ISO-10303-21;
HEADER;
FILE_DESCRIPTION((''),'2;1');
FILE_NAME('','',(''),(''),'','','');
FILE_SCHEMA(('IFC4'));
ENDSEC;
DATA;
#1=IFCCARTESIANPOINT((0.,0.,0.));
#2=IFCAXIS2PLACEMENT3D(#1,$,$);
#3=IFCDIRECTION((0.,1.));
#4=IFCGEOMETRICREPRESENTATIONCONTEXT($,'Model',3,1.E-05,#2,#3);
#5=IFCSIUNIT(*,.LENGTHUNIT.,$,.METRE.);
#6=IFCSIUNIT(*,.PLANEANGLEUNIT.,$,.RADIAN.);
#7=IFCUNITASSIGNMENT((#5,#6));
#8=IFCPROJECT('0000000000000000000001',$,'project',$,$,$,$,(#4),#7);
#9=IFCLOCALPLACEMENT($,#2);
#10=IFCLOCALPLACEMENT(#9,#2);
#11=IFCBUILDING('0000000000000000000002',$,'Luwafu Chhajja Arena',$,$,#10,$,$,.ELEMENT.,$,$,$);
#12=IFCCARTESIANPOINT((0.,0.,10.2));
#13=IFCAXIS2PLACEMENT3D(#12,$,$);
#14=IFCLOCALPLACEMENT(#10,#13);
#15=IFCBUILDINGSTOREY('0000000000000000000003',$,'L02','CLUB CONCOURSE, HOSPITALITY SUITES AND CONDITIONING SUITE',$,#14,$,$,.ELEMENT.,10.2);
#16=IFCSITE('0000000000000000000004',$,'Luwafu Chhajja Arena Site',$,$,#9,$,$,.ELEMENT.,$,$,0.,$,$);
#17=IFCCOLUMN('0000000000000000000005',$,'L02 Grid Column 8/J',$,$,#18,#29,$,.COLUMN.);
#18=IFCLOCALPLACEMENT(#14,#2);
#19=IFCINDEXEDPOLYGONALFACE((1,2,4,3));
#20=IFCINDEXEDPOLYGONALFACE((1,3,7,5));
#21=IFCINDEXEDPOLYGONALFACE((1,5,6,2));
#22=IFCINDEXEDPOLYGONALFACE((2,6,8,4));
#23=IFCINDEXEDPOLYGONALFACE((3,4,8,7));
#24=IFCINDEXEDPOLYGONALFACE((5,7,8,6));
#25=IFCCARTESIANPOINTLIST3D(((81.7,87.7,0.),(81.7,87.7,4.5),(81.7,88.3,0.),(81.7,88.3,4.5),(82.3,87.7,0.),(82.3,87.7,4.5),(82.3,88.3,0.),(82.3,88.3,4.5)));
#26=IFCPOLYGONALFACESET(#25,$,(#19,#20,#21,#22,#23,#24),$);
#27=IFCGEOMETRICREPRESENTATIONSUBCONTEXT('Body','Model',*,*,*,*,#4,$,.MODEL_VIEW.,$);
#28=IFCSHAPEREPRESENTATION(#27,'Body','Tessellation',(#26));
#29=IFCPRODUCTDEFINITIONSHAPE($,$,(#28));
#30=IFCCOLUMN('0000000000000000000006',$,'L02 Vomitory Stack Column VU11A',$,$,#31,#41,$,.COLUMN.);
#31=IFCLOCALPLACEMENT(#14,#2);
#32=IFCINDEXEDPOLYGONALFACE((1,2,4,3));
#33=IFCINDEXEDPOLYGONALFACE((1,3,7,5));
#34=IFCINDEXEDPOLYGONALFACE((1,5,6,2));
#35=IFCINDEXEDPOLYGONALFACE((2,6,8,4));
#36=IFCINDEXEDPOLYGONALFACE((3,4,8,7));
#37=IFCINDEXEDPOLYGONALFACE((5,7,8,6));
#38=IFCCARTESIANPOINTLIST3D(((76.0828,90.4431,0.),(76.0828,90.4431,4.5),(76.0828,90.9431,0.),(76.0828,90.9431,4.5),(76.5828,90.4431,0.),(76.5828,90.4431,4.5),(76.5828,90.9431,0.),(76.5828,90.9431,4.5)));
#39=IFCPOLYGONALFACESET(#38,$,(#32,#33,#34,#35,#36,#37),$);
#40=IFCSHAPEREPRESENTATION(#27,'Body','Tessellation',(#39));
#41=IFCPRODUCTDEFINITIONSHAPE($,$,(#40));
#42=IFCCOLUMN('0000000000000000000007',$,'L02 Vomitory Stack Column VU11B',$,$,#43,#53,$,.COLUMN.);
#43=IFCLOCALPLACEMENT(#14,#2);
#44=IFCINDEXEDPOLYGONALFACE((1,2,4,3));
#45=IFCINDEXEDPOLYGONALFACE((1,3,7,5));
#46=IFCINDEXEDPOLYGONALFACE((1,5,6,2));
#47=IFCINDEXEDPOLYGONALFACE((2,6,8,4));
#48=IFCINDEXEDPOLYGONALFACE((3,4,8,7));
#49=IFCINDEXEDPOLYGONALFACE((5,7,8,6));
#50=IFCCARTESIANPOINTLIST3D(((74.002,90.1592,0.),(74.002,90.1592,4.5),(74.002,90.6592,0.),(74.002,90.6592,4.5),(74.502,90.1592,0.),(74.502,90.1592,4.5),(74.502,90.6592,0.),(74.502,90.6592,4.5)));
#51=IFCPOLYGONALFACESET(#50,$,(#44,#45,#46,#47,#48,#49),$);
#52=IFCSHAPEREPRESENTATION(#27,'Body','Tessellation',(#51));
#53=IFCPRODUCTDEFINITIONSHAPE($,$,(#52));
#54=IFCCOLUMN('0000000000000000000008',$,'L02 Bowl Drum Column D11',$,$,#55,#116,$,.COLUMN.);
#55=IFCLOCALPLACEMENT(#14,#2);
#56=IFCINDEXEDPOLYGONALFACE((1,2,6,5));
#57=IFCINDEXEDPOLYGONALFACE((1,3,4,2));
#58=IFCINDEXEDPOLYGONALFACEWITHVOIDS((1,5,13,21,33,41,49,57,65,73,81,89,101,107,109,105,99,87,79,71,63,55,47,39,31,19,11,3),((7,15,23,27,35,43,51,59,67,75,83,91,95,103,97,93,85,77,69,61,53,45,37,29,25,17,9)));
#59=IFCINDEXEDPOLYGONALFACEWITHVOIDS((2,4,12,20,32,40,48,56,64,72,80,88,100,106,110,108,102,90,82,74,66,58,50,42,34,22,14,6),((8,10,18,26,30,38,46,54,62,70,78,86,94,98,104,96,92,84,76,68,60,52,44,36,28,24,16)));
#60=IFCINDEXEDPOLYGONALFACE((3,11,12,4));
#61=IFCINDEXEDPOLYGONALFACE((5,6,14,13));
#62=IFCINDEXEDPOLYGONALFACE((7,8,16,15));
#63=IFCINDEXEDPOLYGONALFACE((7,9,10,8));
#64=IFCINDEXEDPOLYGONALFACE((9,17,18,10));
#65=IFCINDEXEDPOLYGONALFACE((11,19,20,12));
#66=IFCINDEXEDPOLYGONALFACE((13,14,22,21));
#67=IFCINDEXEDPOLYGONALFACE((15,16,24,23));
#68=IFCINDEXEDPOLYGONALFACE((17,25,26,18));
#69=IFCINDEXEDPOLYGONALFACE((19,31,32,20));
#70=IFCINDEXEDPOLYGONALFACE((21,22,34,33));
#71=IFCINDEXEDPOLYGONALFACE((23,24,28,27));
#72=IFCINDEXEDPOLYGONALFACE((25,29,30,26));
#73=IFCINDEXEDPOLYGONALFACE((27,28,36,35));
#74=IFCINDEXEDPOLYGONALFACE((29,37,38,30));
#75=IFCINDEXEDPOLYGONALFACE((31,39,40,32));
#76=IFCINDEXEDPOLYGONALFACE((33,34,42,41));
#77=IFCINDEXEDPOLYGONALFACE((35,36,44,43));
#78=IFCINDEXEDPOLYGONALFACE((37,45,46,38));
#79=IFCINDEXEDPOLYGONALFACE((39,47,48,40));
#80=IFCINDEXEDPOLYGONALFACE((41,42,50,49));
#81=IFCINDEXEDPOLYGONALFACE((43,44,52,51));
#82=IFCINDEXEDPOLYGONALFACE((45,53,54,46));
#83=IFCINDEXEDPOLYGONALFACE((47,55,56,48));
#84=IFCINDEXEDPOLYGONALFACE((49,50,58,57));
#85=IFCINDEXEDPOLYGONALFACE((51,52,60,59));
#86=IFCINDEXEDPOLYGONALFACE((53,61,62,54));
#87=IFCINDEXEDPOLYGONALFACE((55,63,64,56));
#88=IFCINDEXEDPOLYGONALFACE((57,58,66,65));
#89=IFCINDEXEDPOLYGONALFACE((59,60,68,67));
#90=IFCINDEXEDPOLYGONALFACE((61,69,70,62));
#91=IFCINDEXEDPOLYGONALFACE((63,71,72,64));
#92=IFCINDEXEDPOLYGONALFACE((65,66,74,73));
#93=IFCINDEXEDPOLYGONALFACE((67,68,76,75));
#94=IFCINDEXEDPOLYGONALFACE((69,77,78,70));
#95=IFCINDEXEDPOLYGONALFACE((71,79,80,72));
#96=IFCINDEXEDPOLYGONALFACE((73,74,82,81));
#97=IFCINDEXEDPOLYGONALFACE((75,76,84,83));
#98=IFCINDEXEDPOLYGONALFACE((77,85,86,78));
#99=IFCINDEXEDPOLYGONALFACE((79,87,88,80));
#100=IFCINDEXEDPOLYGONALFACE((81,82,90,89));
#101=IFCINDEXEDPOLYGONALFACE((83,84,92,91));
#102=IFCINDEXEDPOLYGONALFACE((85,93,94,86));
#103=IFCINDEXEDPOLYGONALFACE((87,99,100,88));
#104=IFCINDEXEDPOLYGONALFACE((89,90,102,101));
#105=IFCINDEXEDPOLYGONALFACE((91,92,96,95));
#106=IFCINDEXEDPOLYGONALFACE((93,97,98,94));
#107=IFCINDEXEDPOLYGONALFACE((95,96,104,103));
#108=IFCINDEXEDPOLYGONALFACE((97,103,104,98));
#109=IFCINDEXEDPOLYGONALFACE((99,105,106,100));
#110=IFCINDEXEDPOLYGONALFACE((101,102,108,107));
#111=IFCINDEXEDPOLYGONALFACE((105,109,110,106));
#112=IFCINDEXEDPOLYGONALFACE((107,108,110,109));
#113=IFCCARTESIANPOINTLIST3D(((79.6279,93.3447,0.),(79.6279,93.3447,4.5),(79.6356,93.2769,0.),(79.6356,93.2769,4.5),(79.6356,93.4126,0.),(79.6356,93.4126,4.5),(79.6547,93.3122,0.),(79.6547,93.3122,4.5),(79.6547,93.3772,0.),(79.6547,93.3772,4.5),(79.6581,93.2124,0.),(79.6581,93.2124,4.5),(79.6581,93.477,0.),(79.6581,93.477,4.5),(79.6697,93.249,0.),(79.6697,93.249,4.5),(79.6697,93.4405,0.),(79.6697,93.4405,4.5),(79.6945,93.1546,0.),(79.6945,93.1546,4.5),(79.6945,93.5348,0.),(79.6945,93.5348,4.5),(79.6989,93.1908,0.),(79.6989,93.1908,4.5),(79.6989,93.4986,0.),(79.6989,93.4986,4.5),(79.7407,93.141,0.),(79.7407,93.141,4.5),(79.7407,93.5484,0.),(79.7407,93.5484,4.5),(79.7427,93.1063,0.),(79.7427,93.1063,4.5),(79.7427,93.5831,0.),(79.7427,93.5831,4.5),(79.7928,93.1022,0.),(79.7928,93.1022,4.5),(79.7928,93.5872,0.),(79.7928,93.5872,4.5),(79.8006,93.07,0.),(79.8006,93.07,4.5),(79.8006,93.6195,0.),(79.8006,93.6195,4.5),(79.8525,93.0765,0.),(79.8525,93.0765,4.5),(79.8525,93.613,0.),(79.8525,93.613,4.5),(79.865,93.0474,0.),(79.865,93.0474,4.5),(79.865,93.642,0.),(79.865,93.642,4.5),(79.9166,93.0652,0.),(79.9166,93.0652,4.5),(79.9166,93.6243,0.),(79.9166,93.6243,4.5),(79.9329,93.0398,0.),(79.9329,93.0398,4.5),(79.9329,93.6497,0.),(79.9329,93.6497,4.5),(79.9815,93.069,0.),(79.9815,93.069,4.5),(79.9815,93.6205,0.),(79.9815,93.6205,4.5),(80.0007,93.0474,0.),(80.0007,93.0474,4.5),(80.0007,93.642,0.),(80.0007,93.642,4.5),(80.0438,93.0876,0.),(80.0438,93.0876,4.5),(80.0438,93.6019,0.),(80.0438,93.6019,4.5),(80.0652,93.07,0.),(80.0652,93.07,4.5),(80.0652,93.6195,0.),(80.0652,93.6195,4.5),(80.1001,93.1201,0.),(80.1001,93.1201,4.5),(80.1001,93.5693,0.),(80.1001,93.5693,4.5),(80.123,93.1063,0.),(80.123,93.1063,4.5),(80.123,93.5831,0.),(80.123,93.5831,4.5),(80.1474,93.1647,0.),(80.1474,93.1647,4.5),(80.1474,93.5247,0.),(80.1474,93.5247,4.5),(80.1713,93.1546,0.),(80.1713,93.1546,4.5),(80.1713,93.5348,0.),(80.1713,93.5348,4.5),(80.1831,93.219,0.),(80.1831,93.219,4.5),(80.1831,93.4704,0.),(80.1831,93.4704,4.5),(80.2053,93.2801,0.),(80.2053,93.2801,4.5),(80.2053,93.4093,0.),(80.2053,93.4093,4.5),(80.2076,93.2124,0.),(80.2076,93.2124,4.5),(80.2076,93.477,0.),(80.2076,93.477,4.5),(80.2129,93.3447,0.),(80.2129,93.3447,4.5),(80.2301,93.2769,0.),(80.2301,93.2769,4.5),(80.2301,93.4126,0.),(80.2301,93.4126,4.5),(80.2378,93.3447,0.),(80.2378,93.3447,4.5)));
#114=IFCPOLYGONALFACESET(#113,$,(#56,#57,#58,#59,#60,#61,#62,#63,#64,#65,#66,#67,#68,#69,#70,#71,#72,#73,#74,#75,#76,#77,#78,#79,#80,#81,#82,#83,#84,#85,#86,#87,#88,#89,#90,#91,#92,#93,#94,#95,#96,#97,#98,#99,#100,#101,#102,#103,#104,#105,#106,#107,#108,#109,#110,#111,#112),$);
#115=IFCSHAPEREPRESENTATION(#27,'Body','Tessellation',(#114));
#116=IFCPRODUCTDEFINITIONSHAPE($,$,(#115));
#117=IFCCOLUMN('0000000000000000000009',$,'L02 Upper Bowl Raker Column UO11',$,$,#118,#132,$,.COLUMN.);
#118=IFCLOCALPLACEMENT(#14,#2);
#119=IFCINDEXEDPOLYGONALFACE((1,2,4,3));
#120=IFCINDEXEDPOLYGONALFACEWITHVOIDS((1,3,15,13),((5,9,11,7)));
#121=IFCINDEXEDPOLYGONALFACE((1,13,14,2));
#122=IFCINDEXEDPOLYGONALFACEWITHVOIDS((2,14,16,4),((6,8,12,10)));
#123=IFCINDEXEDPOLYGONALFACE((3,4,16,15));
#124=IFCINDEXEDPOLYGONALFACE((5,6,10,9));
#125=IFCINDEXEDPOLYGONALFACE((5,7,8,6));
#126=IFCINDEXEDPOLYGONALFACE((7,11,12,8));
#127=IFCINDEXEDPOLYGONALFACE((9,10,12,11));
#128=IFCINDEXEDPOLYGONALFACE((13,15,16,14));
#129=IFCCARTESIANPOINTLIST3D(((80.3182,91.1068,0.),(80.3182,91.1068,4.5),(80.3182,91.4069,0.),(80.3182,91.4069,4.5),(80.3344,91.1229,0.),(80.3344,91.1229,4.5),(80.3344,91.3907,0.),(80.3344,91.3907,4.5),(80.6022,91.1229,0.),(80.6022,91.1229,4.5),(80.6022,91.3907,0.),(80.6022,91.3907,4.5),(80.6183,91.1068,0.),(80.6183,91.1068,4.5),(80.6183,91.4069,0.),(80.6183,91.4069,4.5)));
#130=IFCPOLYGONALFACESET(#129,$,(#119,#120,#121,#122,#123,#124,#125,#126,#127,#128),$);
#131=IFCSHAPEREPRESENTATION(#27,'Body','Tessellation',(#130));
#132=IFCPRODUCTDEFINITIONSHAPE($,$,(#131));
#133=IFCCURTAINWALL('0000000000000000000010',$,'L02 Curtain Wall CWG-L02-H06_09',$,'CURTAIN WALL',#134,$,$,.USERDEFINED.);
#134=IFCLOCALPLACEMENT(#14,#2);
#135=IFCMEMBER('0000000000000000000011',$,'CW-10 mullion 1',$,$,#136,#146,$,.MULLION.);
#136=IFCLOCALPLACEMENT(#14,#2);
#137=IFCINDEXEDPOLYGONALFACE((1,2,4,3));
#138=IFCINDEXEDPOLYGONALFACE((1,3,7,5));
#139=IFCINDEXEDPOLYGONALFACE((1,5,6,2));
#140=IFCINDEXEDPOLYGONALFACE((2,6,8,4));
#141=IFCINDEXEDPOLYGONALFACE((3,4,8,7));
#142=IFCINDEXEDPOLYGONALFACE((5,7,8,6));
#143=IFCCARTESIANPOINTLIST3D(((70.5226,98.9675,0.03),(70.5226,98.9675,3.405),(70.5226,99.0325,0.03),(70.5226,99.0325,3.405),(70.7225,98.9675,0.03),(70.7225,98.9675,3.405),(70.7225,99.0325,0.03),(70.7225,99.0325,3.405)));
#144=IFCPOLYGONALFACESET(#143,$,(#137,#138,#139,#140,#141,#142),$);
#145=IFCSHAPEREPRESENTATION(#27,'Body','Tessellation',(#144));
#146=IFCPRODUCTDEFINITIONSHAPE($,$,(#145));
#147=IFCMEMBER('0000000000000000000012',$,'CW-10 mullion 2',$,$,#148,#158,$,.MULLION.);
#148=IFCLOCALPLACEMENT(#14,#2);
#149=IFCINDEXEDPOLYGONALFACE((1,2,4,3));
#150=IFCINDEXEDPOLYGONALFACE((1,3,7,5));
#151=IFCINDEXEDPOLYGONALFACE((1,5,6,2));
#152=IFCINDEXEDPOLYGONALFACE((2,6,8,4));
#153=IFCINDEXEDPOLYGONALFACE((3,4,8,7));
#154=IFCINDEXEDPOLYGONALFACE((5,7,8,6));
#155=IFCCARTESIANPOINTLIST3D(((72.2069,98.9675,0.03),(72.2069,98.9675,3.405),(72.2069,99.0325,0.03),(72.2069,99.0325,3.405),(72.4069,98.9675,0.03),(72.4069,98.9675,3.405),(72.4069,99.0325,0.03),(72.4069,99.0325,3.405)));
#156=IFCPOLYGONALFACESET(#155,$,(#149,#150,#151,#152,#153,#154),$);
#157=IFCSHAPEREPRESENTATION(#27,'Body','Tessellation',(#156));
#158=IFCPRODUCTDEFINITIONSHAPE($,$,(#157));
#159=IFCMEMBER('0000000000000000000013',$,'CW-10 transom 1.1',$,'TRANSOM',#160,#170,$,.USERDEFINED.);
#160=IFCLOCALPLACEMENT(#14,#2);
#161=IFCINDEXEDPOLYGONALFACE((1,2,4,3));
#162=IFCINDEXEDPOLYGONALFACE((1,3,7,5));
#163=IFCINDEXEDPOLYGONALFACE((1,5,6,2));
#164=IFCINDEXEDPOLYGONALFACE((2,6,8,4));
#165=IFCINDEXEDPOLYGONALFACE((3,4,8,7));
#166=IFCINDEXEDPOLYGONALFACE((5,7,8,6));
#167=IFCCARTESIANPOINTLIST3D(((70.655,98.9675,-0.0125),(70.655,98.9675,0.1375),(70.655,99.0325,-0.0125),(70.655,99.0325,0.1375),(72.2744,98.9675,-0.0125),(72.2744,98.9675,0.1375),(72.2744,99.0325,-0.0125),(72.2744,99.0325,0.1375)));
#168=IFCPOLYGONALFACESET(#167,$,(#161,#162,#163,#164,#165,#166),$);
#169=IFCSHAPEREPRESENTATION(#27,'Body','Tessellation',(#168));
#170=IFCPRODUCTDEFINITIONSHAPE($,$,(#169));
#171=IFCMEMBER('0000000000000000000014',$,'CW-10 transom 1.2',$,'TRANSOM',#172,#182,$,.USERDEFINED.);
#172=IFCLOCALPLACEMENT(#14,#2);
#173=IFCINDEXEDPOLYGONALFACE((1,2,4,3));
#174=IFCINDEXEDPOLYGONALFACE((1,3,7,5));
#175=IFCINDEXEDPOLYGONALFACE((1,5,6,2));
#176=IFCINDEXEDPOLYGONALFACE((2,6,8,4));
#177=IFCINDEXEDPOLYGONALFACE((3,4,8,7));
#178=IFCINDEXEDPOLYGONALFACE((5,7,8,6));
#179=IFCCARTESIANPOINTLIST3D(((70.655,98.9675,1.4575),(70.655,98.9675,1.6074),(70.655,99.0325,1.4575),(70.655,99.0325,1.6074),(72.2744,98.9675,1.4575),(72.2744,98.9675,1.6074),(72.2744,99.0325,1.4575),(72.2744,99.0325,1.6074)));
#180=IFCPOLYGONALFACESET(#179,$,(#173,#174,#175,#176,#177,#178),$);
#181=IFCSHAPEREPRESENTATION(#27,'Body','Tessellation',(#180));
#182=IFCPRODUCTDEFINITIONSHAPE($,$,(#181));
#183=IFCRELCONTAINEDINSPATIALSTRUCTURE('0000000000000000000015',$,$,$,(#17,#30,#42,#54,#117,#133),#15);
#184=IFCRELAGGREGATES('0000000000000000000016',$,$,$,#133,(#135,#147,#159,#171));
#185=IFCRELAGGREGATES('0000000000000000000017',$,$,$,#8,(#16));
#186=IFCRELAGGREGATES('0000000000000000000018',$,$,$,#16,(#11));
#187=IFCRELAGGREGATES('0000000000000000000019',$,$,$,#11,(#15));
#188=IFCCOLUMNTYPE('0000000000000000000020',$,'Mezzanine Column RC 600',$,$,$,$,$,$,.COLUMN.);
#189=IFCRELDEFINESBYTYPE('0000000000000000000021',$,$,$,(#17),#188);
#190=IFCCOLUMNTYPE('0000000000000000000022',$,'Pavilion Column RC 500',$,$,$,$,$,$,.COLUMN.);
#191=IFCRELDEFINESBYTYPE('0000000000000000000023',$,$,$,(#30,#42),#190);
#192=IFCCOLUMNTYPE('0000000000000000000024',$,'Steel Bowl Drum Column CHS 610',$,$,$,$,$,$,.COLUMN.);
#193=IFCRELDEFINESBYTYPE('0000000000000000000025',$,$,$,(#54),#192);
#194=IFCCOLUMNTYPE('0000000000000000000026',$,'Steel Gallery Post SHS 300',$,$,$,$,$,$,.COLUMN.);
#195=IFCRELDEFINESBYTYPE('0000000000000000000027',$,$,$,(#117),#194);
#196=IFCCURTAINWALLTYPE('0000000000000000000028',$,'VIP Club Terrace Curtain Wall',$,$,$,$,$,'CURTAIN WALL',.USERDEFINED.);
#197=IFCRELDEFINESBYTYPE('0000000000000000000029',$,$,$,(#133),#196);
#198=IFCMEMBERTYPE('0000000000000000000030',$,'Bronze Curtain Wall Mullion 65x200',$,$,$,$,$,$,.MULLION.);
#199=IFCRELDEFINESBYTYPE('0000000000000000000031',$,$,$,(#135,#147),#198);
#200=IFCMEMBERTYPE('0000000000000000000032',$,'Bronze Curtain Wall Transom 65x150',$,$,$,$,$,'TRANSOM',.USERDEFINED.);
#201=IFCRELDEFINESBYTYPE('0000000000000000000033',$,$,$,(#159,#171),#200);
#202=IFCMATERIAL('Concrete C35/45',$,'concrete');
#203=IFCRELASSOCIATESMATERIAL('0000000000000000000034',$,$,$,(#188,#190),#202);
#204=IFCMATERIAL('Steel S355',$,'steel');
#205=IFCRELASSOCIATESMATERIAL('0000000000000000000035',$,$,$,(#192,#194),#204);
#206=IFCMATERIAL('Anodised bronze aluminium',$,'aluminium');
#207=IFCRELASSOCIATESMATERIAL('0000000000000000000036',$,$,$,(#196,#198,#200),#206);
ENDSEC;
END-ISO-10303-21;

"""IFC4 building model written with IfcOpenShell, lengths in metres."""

from ifc_helpers import new_model, si_unit, direction, frame, origin, origin_2d, place, context, subcontext, project, spatial, rectangle, hollow_rectangle, hollow_circle, extrude, material, material_profile, profile_set, type_object, element, aggregate, save


model = new_model("IFC4")

# Units and contexts
model_context = context("Model", 3, precision=1e-05, world=origin(), true_north=direction((0.0, 1.0)))
body_context = subcontext(model_context, "Body", "Model", "MODEL_VIEW")
ifc_project = project(units=[si_unit("LENGTHUNIT", "METRE"), si_unit("PLANEANGLEUNIT", "RADIAN")], contexts=[model_context])

# Site, building, storey
site_placement = place(None, origin())
site = spatial("IfcSite", under=ifc_project, at=site_placement, Name="Luwafu Chhajja Arena Site", CompositionType="ELEMENT", RefElevation=0.0)
building_placement = place(site_placement, origin())
building = spatial("IfcBuilding", under=site, at=building_placement, Name="Luwafu Chhajja Arena", CompositionType="ELEMENT")
storey_placement = place(building_placement, frame((0.0, 0.0, 10.2)))
storey = spatial("IfcBuildingStorey", under=building, at=storey_placement, Name="L02", Description="CLUB CONCOURSE, HOSPITALITY SUITES AND CONDITIONING SUITE", CompositionType="ELEMENT", Elevation=10.2)

# Columns
ifc_material_1 = material(Name="Concrete C35/45", Category="concrete")
ifc_material_profile_1 = material_profile(ifc_material_1, rectangle(XDim=0.6001, YDim=0.6001, at=origin_2d()), Name="RC 600x600")
ifc_profile_set_1 = profile_set([ifc_material_profile_1], Name="Concrete C35/45")
column_type_1 = type_object("IfcColumnType", Name="Mezzanine Column RC 600", PredefinedType="COLUMN", material=ifc_profile_set_1)
column_1_placement = place(storey_placement, frame((82.0, 88.0, 0.0), z_axis=(0.0, 0.0, 1.0), x_axis=(1.0, 0.0, 0.0)))
element("IfcColumn", 1, at=column_1_placement, inside=storey, type_object=column_type_1, Name="L02 Grid Column 8/J", PredefinedType="COLUMN", context=body_context, shape_type="SweptSolid", body=[
    extrude(rectangle(XDim=0.6001, YDim=0.6001, at=origin_2d()), origin(), (0.0, 0.0, 1.0), 4.5),
])
ifc_material_profile_2 = material_profile(ifc_material_1, rectangle(XDim=0.5, YDim=0.5, at=origin_2d()), Name="RC 500x500")
ifc_profile_set_2 = profile_set([ifc_material_profile_2], Name="Concrete C35/45")
column_type_2 = type_object("IfcColumnType", Name="Pavilion Column RC 500", PredefinedType="COLUMN", material=ifc_profile_set_2)
for number, where, z_axis, x_axis, name in (
    (2, (76.3328, 90.6931, 0.0), (0.0, 0.0, 1.0), (1.0, 0.0, 0.0), "L02 Vomitory Stack Column VU11A"),
    (3, (74.252, 90.4092, 0.0), (0.0, 0.0, 1.0), (1.0, 0.0, 0.0), "L02 Vomitory Stack Column VU11B"),
):
    element("IfcColumn", number, at=place(storey_placement, frame(where, z_axis=z_axis, x_axis=x_axis)), inside=storey, type_object=column_type_2, Name=name, PredefinedType="COLUMN", context=body_context, shape_type="SweptSolid", body=[
        extrude(rectangle(XDim=0.5, YDim=0.5, at=origin_2d()), origin(), (0.0, 0.0, 1.0), 4.5),
    ])
ifc_material_2 = material(Name="Steel S355", Category="steel")
ifc_material_profile_3 = material_profile(ifc_material_2, hollow_circle(Radius=0.3049, WallThickness=0.0249, at=origin_2d()), Name="CHS 610x25")
ifc_profile_set_3 = profile_set([ifc_material_profile_3], Name="Steel S355")
column_type_3 = type_object("IfcColumnType", Name="Steel Bowl Drum Column CHS 610", PredefinedType="COLUMN", material=ifc_profile_set_3)
column_2_placement = place(storey_placement, frame((79.9329, 93.3447, 0.0), z_axis=(0.0, 0.0, 1.0), x_axis=(1.0, 0.0, 0.0)))
element("IfcColumn", 4, at=column_2_placement, inside=storey, type_object=column_type_3, Name="L02 Bowl Drum Column D11", PredefinedType="COLUMN", context=body_context, shape_type="SweptSolid", body=[
    extrude(hollow_circle(Radius=0.3049, WallThickness=0.0249, at=origin_2d()), origin(), (0.0, 0.0, 1.0), 4.5),
])
ifc_material_profile_4 = material_profile(ifc_material_2, hollow_rectangle(XDim=0.3, YDim=0.3, WallThickness=0.0161, at=origin_2d()), Name="SHS 300x300x16")
ifc_profile_set_4 = profile_set([ifc_material_profile_4], Name="Steel S355")
column_type_4 = type_object("IfcColumnType", Name="Steel Gallery Post SHS 300", PredefinedType="COLUMN", material=ifc_profile_set_4)
column_3_placement = place(storey_placement, frame((80.4683, 91.2568, 0.0), z_axis=(0.0, 0.0, 1.0), x_axis=(1.0, 0.0, 0.0)))
element("IfcColumn", 5, at=column_3_placement, inside=storey, type_object=column_type_4, Name="L02 Upper Bowl Raker Column UO11", PredefinedType="COLUMN", context=body_context, shape_type="SweptSolid", body=[
    extrude(hollow_rectangle(XDim=0.3, YDim=0.3, WallThickness=0.0161, at=origin_2d()), origin(), (0.0, 0.0, 1.0), 4.5),
])

# Curtain wall, members
ifc_material_3 = material(Name="Anodised bronze aluminium", Category="aluminium")
curtain_wall_type_1 = type_object("IfcCurtainWallType", Name="VIP Club Terrace Curtain Wall", ElementType="CURTAIN WALL", PredefinedType="USERDEFINED", material=ifc_material_3)
curtain_wall_1_placement = place(storey_placement, origin())
curtain_wall_1 = element("IfcCurtainWall", 6, at=curtain_wall_1_placement, inside=storey, type_object=curtain_wall_type_1, Name="L02 Curtain Wall CWG-L02-H06_09", ObjectType="CURTAIN WALL", PredefinedType="USERDEFINED")
ifc_material_profile_5 = material_profile(ifc_material_3, rectangle(XDim=0.0649, YDim=0.2, at=origin_2d()), Name="CWM 65x200")
ifc_profile_set_5 = profile_set([ifc_material_profile_5], Name="Anodised bronze aluminium")
member_type_1 = type_object("IfcMemberType", Name="Bronze Curtain Wall Mullion 65x200", PredefinedType="MULLION", material=ifc_profile_set_5)
member_1_placement = place(storey_placement, frame((70.6226, 99.0, 0.03), z_axis=(0.0, 0.0, 1.0), x_axis=(0.0, 1.0, 0.0)))
member_1 = element("IfcMember", 7, at=member_1_placement, type_object=member_type_1, Name="CW-10 mullion 1", PredefinedType="MULLION", context=body_context, shape_type="SweptSolid", body=[
    extrude(rectangle(XDim=0.0649, YDim=0.2, at=origin_2d()), origin(), (0.0, 0.0, 1.0), 3.375),
])
member_2_placement = place(storey_placement, frame((72.3069, 99.0, 0.03), z_axis=(0.0, 0.0, 1.0), x_axis=(0.0, 1.0, 0.0)))
member_2 = element("IfcMember", 8, at=member_2_placement, type_object=member_type_1, Name="CW-10 mullion 2", PredefinedType="MULLION", context=body_context, shape_type="SweptSolid", body=[
    extrude(rectangle(XDim=0.0649, YDim=0.2, at=origin_2d()), origin(), (0.0, 0.0, 1.0), 3.375),
])
ifc_material_profile_6 = material_profile(ifc_material_3, rectangle(XDim=0.0649, YDim=0.1499, at=origin_2d()), Name="CWT 65x150")
ifc_profile_set_6 = profile_set([ifc_material_profile_6], Name="Anodised bronze aluminium")
member_type_2 = type_object("IfcMemberType", Name="Bronze Curtain Wall Transom 65x150", ElementType="TRANSOM", PredefinedType="USERDEFINED", material=ifc_profile_set_6)
member_3_placement = place(storey_placement, frame((70.655, 99.0, 0.0625), z_axis=(1.0, 0.0, 0.0), x_axis=(0.0, 1.0, 0.0)))
member_3 = element("IfcMember", 9, at=member_3_placement, type_object=member_type_2, Name="CW-10 transom 1.1", ObjectType="TRANSOM", PredefinedType="USERDEFINED", context=body_context, shape_type="SweptSolid", body=[
    extrude(rectangle(XDim=0.0649, YDim=0.1499, at=origin_2d()), origin(), (0.0, 0.0, 1.0), 1.6194),
])
member_4_placement = place(storey_placement, frame((70.655, 99.0, 1.5325), z_axis=(1.0, 0.0, 0.0), x_axis=(0.0, 1.0, 0.0)))
member_4 = element("IfcMember", 10, at=member_4_placement, type_object=member_type_2, Name="CW-10 transom 1.2", ObjectType="TRANSOM", PredefinedType="USERDEFINED", context=body_context, shape_type="SweptSolid", body=[
    extrude(rectangle(XDim=0.0649, YDim=0.1499, at=origin_2d()), origin(), (0.0, 0.0, 1.0), 1.6194),
])

aggregate(curtain_wall_1, [member_1, member_2, member_3, member_4])

save(model, "model.ifc")
